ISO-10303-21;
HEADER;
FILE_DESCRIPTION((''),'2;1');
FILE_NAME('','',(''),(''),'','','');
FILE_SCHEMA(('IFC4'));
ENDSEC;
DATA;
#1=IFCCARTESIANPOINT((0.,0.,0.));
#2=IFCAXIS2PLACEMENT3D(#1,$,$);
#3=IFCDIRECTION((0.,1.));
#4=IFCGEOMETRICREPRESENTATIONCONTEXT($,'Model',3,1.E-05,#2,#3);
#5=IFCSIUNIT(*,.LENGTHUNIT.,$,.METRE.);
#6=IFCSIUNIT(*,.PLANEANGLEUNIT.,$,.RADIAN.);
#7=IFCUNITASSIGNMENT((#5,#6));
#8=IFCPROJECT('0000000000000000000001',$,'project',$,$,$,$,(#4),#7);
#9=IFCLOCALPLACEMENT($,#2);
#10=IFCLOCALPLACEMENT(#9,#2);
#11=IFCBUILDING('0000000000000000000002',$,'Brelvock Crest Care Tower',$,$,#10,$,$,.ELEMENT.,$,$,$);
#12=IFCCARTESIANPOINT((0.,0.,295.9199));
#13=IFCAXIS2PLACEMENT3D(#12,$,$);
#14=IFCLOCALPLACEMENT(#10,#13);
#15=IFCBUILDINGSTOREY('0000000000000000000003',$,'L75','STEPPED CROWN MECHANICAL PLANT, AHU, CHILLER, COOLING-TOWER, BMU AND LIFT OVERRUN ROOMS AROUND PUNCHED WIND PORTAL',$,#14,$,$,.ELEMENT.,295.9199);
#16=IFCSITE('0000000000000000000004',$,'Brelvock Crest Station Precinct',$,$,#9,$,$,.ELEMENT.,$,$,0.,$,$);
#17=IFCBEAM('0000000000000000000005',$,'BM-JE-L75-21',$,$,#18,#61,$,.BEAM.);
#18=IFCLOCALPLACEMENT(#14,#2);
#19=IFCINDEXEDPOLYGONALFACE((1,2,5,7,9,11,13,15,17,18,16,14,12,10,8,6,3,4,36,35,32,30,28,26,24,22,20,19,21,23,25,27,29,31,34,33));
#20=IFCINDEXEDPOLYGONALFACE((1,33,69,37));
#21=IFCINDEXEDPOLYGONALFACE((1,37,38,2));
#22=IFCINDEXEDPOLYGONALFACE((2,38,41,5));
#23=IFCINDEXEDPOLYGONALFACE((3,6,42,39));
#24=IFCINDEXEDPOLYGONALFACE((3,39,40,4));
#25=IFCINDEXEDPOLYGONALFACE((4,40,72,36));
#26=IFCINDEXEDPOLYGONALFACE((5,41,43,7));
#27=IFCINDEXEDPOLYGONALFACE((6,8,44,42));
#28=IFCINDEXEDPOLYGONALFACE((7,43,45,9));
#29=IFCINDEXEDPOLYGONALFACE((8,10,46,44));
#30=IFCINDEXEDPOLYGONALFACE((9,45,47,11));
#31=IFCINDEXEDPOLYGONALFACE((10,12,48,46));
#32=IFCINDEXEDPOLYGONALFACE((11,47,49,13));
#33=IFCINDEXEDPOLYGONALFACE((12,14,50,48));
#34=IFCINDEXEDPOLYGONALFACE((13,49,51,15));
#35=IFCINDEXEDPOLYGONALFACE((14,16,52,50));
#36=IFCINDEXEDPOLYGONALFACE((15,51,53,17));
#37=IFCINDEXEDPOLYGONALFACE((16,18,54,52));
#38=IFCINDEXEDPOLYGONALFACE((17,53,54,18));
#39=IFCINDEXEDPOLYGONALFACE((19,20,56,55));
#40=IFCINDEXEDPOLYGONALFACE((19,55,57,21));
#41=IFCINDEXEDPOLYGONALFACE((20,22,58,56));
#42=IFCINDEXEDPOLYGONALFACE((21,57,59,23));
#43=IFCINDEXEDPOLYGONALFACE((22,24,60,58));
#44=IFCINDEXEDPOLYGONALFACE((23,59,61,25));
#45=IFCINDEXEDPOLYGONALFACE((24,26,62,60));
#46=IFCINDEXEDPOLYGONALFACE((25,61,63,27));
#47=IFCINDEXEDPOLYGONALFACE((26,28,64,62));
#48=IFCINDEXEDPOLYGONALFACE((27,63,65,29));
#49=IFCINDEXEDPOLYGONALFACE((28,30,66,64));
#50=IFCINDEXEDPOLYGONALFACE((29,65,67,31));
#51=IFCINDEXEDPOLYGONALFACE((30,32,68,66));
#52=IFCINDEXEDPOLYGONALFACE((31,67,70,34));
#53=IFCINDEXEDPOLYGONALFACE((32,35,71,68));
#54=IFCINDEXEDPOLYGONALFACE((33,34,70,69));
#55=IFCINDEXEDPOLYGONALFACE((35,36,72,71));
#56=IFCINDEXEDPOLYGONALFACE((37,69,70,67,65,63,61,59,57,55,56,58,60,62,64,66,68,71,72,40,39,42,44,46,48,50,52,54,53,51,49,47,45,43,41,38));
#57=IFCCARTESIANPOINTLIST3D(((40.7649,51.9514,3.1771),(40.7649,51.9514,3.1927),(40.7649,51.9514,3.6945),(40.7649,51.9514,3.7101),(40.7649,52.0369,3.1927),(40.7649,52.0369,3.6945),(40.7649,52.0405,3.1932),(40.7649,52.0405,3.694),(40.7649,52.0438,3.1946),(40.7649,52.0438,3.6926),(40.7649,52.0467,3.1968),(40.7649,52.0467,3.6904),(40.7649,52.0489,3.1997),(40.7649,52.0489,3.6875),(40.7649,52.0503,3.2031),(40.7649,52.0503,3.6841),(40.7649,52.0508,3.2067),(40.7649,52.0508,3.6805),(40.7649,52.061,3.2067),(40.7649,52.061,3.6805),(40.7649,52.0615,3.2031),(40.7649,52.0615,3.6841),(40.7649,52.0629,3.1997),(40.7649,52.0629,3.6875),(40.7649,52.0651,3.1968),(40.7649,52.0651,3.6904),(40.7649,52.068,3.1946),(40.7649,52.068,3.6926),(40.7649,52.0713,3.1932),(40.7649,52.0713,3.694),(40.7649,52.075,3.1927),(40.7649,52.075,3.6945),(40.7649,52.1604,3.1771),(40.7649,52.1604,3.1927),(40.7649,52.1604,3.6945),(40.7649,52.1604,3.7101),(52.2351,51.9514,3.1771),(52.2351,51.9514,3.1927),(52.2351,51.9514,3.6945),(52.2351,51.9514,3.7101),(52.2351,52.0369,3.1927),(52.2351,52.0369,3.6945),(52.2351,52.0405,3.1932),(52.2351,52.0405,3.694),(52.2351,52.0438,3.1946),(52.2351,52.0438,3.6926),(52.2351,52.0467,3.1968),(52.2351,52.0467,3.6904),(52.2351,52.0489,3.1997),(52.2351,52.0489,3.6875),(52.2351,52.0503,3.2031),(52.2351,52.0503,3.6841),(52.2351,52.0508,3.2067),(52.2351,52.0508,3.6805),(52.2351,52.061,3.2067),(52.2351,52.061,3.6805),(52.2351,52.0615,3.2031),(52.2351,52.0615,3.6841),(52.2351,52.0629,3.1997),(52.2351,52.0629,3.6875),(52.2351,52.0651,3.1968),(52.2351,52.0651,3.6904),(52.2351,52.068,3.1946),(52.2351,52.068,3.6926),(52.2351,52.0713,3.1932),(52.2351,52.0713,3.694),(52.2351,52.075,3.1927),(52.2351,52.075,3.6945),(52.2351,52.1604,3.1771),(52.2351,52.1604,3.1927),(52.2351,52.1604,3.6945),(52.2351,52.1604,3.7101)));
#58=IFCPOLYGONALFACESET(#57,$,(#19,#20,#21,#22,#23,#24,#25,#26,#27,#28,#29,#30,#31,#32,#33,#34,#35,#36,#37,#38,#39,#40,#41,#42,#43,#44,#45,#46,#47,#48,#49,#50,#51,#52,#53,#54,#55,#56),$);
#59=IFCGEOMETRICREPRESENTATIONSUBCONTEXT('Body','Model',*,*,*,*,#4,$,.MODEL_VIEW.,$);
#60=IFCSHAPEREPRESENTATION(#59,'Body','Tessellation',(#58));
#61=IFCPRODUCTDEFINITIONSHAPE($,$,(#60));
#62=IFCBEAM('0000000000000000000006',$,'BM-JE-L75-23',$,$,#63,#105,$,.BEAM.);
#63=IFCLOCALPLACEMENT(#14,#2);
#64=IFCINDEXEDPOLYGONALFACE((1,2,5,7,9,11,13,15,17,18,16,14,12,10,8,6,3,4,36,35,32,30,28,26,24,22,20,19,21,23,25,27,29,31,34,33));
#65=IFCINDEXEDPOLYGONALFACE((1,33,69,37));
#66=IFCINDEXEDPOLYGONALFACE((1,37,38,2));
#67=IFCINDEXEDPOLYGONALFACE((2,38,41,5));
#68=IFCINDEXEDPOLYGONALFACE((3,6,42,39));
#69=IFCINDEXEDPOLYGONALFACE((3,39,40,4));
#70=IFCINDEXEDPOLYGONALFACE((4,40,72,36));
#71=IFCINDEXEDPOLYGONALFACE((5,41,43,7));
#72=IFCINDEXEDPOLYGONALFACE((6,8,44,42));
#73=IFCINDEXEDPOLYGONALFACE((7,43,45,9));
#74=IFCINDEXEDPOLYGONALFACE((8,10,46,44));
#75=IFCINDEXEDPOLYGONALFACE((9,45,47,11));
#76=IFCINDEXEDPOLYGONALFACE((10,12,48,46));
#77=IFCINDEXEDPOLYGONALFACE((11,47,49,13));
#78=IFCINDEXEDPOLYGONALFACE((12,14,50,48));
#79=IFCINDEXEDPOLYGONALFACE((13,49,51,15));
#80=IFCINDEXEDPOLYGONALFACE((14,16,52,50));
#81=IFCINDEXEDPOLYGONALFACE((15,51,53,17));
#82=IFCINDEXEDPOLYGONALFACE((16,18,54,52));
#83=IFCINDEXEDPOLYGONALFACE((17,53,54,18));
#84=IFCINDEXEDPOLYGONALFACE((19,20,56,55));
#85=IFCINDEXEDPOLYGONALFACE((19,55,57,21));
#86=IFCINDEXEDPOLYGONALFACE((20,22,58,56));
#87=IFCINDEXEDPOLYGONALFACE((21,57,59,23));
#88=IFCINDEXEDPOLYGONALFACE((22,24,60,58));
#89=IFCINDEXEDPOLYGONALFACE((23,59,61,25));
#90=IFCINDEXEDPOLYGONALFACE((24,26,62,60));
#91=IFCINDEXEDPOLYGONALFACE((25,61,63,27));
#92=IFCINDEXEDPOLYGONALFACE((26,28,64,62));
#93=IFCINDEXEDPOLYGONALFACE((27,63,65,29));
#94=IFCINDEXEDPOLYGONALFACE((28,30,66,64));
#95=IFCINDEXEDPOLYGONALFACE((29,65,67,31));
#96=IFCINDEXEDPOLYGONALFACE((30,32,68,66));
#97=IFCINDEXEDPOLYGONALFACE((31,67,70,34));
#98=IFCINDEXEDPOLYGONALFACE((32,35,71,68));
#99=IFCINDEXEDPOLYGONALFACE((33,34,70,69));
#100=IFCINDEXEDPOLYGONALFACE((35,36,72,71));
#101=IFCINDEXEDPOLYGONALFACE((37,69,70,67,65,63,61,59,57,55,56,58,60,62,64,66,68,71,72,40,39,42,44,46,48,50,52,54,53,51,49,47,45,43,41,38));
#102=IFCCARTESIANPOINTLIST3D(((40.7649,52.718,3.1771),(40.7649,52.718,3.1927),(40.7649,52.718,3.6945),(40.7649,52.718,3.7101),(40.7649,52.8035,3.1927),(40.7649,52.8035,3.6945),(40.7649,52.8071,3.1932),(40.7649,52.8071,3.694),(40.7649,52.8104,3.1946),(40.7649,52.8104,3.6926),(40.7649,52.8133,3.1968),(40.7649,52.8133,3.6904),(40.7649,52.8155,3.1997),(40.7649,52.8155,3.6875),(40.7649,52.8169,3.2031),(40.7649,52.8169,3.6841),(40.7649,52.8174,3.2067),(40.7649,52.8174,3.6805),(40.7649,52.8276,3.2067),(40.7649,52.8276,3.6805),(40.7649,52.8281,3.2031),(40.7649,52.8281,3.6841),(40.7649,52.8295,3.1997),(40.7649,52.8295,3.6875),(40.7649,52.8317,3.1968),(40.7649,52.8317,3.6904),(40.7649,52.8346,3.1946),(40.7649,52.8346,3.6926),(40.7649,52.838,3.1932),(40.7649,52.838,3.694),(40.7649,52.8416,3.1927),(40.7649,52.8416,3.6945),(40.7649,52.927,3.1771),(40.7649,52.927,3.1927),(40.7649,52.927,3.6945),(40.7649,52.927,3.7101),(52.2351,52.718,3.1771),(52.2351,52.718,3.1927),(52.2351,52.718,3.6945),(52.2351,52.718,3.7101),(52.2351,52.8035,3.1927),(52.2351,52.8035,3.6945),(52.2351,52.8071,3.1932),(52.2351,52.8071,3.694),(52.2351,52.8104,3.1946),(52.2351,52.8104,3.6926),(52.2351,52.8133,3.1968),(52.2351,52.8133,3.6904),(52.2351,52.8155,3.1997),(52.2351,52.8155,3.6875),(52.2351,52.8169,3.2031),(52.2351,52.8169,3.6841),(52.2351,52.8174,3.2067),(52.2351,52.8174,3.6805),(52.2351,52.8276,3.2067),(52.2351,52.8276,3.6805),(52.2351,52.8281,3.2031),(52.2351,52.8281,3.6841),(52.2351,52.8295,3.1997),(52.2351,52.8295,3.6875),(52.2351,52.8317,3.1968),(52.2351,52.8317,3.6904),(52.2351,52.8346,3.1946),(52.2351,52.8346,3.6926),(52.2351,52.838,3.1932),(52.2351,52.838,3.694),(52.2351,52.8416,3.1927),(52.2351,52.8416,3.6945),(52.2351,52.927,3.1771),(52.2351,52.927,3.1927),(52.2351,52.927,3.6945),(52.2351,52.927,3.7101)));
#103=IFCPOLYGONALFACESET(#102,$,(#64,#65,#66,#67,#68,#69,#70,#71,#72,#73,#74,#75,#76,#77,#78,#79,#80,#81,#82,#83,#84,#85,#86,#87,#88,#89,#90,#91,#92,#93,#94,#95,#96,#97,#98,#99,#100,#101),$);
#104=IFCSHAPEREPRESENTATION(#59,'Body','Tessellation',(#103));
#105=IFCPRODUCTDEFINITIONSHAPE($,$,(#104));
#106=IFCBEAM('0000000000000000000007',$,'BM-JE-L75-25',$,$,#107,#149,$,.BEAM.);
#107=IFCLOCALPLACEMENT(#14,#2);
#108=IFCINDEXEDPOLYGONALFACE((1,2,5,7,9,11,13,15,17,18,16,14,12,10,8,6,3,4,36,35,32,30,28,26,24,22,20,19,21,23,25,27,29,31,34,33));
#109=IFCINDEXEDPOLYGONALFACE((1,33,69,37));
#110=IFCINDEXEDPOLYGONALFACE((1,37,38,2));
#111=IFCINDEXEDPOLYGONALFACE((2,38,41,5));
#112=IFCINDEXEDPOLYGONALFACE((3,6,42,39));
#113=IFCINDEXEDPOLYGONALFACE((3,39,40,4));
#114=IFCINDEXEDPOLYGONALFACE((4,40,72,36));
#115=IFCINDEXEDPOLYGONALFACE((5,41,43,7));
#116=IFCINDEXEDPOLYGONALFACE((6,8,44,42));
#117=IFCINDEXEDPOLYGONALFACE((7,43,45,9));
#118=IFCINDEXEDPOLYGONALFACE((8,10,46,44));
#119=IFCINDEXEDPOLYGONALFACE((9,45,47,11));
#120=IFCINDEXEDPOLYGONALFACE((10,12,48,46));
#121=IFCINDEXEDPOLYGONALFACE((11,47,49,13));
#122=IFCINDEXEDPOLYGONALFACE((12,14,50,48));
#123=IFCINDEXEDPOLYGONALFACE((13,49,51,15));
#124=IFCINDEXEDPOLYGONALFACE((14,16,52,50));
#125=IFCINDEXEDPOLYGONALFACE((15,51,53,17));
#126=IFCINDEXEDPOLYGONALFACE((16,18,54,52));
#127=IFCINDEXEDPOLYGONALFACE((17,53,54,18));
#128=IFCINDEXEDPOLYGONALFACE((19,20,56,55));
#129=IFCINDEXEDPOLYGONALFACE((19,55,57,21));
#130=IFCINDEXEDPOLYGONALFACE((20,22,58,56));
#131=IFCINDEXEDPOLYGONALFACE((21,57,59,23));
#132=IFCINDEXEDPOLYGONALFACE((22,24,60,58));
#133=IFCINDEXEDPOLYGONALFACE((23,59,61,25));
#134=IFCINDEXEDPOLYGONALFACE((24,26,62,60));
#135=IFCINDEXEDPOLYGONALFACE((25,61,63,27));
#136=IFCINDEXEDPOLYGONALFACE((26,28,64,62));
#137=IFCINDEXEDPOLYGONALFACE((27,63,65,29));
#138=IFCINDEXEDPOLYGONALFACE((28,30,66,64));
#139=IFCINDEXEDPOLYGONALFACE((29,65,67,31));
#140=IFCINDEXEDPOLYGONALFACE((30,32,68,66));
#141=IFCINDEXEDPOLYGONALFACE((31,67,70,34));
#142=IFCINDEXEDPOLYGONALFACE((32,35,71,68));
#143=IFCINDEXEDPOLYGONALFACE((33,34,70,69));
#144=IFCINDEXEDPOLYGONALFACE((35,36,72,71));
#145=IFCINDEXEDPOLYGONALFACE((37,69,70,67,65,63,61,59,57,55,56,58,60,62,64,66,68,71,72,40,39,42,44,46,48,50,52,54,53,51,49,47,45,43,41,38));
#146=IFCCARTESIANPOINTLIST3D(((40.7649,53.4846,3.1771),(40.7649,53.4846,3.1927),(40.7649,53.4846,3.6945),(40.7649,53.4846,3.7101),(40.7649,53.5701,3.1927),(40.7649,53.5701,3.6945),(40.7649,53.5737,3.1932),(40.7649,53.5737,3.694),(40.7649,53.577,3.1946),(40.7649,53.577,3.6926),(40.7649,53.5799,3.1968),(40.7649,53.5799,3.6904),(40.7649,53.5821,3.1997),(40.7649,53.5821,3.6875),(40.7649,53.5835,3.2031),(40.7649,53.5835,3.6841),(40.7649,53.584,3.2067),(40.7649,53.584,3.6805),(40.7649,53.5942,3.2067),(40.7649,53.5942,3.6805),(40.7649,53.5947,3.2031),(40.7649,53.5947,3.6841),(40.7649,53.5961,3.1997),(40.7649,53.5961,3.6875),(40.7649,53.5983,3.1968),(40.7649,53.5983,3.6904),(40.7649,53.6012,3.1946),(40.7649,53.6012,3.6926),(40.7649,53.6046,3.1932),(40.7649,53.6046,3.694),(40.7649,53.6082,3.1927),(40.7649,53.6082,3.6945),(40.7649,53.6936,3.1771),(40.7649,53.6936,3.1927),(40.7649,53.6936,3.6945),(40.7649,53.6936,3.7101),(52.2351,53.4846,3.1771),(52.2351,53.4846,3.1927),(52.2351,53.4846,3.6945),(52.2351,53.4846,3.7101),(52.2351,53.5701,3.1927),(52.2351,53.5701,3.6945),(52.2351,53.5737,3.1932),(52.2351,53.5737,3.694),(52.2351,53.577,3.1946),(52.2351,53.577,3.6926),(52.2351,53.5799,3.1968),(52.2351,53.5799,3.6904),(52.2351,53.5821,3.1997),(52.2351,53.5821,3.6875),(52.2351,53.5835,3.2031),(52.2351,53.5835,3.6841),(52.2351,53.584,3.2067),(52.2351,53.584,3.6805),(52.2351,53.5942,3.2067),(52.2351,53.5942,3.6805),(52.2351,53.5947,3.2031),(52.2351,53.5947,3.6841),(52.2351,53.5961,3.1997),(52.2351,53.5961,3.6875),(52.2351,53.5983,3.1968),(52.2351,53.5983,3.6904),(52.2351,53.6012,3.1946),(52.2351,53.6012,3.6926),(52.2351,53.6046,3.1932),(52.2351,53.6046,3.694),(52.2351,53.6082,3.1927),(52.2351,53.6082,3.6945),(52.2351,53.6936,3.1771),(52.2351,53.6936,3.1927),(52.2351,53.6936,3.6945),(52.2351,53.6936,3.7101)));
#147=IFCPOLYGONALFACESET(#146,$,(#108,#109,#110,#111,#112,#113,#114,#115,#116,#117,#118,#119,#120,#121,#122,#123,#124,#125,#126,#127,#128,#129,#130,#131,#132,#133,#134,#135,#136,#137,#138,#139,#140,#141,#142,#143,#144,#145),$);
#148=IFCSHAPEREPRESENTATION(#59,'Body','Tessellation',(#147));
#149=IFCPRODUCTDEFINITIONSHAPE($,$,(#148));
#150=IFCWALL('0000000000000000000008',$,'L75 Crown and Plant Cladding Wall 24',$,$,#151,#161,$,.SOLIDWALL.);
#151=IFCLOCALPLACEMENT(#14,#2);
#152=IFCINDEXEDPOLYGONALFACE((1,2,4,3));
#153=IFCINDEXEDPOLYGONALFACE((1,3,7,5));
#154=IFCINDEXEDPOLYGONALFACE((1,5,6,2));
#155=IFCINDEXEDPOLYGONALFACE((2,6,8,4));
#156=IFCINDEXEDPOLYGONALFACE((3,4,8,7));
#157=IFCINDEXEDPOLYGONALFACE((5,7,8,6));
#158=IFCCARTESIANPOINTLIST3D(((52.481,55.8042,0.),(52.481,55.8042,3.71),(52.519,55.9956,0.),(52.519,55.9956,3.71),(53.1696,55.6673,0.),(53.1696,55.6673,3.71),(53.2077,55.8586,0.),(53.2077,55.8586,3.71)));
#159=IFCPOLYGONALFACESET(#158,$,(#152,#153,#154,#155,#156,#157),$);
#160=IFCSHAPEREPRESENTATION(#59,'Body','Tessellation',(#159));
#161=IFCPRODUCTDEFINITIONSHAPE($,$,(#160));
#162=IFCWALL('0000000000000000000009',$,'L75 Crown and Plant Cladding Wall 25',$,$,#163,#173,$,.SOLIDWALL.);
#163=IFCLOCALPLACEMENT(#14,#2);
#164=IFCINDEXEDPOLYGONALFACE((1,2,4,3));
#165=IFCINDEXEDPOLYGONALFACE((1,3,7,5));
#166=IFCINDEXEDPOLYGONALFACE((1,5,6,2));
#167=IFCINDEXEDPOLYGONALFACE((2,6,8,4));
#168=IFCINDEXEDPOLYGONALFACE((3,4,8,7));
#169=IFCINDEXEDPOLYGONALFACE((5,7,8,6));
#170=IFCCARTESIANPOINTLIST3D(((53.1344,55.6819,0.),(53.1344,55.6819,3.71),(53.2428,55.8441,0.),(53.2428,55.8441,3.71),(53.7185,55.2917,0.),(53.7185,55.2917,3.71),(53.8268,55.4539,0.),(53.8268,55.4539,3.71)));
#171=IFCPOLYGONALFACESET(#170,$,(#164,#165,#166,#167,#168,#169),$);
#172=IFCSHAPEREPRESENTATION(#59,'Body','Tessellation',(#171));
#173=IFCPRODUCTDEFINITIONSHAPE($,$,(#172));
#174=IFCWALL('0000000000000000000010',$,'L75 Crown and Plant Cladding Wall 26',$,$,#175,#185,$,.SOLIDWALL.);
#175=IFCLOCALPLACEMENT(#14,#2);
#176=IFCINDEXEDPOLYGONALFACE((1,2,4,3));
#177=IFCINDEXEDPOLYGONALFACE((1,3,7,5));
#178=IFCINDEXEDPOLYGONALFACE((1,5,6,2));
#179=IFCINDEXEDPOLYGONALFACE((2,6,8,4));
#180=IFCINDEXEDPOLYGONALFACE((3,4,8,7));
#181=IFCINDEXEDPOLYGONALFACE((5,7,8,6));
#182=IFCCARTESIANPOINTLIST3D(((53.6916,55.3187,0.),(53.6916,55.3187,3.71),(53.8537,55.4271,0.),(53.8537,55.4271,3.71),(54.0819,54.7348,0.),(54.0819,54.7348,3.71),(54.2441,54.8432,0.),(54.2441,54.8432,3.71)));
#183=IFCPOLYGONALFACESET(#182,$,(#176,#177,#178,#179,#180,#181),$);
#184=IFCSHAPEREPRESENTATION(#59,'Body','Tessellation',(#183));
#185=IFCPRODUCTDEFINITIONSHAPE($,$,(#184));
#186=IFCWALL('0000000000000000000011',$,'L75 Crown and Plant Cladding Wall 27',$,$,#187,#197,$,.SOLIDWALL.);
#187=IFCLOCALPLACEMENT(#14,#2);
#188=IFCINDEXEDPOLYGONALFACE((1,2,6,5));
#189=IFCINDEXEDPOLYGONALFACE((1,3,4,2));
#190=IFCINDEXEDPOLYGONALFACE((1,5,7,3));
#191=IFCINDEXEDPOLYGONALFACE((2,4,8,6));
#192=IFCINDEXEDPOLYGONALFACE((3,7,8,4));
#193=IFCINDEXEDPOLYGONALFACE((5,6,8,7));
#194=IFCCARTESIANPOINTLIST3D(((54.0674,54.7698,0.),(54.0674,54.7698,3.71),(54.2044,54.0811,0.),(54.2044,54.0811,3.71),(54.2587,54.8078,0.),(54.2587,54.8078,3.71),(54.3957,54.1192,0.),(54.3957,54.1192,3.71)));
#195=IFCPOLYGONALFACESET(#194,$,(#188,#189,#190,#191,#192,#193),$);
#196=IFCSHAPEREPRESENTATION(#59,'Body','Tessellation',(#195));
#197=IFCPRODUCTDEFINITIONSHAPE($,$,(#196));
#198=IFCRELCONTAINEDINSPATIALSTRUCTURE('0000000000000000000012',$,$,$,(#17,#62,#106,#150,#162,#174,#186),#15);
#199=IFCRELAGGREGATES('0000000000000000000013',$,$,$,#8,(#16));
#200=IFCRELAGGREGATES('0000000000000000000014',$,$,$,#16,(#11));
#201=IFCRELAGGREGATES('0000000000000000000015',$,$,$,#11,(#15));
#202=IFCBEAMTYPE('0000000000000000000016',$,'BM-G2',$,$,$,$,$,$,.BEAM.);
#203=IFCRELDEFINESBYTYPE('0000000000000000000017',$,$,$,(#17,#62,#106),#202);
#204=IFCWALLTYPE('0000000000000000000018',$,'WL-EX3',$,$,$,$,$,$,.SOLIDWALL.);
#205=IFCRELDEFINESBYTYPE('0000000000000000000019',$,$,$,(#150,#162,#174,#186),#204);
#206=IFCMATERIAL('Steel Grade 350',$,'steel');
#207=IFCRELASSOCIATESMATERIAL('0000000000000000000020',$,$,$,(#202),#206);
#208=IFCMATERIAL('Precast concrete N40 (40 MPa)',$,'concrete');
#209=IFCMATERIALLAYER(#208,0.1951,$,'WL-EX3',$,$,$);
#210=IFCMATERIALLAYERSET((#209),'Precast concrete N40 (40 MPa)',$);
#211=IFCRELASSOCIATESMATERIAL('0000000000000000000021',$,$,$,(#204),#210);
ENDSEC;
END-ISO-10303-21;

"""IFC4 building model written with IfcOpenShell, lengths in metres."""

from ifc_helpers import new_model, si_unit, direction, frame, frame_2d, origin, origin_2d, place, context, subcontext, project, spatial, rectangle, i_section, extrude, source, transform, mapped, material, layer, layer_set, material_profile, profile_set, type_object, element, save


model = new_model("IFC4")

# Units and contexts
model_context = context("Model", 3, precision=1e-05, world=origin(), true_north=direction((0.0, 1.0)))
body_context = subcontext(model_context, "Body", "Model", "MODEL_VIEW")
ifc_project = project(units=[si_unit("LENGTHUNIT", "METRE"), si_unit("PLANEANGLEUNIT", "RADIAN")], contexts=[model_context])

# Site, building, storey
site_placement = place(None, origin())
site = spatial("IfcSite", under=ifc_project, at=site_placement, Name="Brelvock Crest Station Precinct", CompositionType="ELEMENT", RefElevation=0.0)
building_placement = place(site_placement, origin())
building = spatial("IfcBuilding", under=site, at=building_placement, Name="Brelvock Crest Care Tower", CompositionType="ELEMENT")
storey_placement = place(building_placement, frame((0.0, 0.0, 295.9199)))
storey = spatial("IfcBuildingStorey", under=building, at=storey_placement, Name="L75", Description="STEPPED CROWN MECHANICAL PLANT, AHU, CHILLER, COOLING-TOWER, BMU AND LIFT OVERRUN ROOMS AROUND PUNCHED WIND PORTAL", CompositionType="ELEMENT", Elevation=295.9199)

# Shared definitions
ifc_material_1 = material(Name="Steel Grade 350", Category="steel")

# Beams
ifc_material_profile_1 = material_profile(ifc_material_1, i_section(OverallWidth=0.209, OverallDepth=0.533, WebThickness=0.0103, FlangeThickness=0.0156, FilletRadius=0.0139, at=origin_2d()), Name="530UB92.4")
ifc_profile_set_1 = profile_set([ifc_material_profile_1], Name="Steel Grade 350")
beam_type_1 = type_object("IfcBeamType", Name="BM-G2", PredefinedType="BEAM", material=ifc_profile_set_1)
shared_shape_1 = source(origin(), body_context, "Body", "SweptSolid", [
    extrude(i_section(OverallWidth=0.209, OverallDepth=0.533, WebThickness=0.0103, FlangeThickness=0.0156, FilletRadius=0.0139, at=origin_2d()), origin(), (0.0, 0.0, 1.0), 11.4702),
])
for number, where, z_axis, x_axis, name in (
    (1, (40.7649, 52.0559, 3.4436), (1.0, 0.0, 0.0), (0.0, 1.0, 0.0), "BM-JE-L75-21"),
    (2, (40.7649, 52.8225, 3.4436), (1.0, 0.0, 0.0), (0.0, 1.0, 0.0), "BM-JE-L75-23"),
    (3, (40.7649, 53.5891, 3.4436), (1.0, 0.0, 0.0), (0.0, 1.0, 0.0), "BM-JE-L75-25"),
):
    element("IfcBeam", number, at=place(storey_placement, frame(where, z_axis=z_axis, x_axis=x_axis)), inside=storey, type_object=beam_type_1, Name=name, PredefinedType="BEAM", context=body_context, shape_type="MappedRepresentation", body=[
        mapped(shared_shape_1, transform((0.0, 0.0, 0.0), x_axis=(1.0, 0.0, 0.0), y_axis=(0.0, 1.0, 0.0), z_axis=(0.0, 0.0, 1.0), scale=1.0)),
    ])

# Walls
ifc_material_2 = material(Name="Precast concrete N40 (40 MPa)", Category="concrete")
ifc_layer_1 = layer(ifc_material_2, 0.1951, Name="WL-EX3")
ifc_layer_set_1 = layer_set([ifc_layer_1], Name="Precast concrete N40 (40 MPa)")
wall_type_1 = type_object("IfcWallType", Name="WL-EX3", PredefinedType="SOLIDWALL", material=ifc_layer_set_1)
wall_1_placement = place(storey_placement, frame((52.5, 55.8999, 0.0), z_axis=(0.0, 0.0, 1.0), x_axis=(0.980794, -0.195046, 0.0)))
element("IfcWall", 4, at=wall_1_placement, inside=storey, type_object=wall_type_1, Name="L75 Crown and Plant Cladding Wall 24", PredefinedType="SOLIDWALL", context=body_context, shape_type="SweptSolid", body=[
    extrude(rectangle(XDim=0.7021, YDim=0.1951, at=frame_2d((0.3511, 0.0))), origin(), (0.0, 0.0, 1.0), 3.71),
])
for number, where, z_axis, x_axis, name in (
    (5, (53.1887, 55.7629, 0.0), (0.0, 0.0, 1.0), (0.831515, -0.555502, 0.0), "L75 Crown and Plant Cladding Wall 25"),
    (6, (53.7727, 55.3728, 0.0), (0.0, 0.0, 1.0), (0.555742, -0.831355, 0.0), "L75 Crown and Plant Cladding Wall 26"),
):
    element("IfcWall", number, at=place(storey_placement, frame(where, z_axis=z_axis, x_axis=x_axis)), inside=storey, type_object=wall_type_1, Name=name, PredefinedType="SOLIDWALL", context=body_context, shape_type="SweptSolid", body=[
        extrude(rectangle(XDim=0.7024, YDim=0.1951, at=frame_2d((0.3511, 0.0))), origin(), (0.0, 0.0, 1.0), 3.71),
    ])
wall_2_placement = place(storey_placement, frame((54.1631, 54.7888, 0.0), z_axis=(0.0, 0.0, 1.0), x_axis=(0.195046, -0.980794, 0.0)))
element("IfcWall", 7, at=wall_2_placement, inside=storey, type_object=wall_type_1, Name="L75 Crown and Plant Cladding Wall 27", PredefinedType="SOLIDWALL", context=body_context, shape_type="SweptSolid", body=[
    extrude(rectangle(XDim=0.7021, YDim=0.1951, at=frame_2d((0.3511, 0.0))), origin(), (0.0, 0.0, 1.0), 3.71),
])

save(model, "model.ifc")
